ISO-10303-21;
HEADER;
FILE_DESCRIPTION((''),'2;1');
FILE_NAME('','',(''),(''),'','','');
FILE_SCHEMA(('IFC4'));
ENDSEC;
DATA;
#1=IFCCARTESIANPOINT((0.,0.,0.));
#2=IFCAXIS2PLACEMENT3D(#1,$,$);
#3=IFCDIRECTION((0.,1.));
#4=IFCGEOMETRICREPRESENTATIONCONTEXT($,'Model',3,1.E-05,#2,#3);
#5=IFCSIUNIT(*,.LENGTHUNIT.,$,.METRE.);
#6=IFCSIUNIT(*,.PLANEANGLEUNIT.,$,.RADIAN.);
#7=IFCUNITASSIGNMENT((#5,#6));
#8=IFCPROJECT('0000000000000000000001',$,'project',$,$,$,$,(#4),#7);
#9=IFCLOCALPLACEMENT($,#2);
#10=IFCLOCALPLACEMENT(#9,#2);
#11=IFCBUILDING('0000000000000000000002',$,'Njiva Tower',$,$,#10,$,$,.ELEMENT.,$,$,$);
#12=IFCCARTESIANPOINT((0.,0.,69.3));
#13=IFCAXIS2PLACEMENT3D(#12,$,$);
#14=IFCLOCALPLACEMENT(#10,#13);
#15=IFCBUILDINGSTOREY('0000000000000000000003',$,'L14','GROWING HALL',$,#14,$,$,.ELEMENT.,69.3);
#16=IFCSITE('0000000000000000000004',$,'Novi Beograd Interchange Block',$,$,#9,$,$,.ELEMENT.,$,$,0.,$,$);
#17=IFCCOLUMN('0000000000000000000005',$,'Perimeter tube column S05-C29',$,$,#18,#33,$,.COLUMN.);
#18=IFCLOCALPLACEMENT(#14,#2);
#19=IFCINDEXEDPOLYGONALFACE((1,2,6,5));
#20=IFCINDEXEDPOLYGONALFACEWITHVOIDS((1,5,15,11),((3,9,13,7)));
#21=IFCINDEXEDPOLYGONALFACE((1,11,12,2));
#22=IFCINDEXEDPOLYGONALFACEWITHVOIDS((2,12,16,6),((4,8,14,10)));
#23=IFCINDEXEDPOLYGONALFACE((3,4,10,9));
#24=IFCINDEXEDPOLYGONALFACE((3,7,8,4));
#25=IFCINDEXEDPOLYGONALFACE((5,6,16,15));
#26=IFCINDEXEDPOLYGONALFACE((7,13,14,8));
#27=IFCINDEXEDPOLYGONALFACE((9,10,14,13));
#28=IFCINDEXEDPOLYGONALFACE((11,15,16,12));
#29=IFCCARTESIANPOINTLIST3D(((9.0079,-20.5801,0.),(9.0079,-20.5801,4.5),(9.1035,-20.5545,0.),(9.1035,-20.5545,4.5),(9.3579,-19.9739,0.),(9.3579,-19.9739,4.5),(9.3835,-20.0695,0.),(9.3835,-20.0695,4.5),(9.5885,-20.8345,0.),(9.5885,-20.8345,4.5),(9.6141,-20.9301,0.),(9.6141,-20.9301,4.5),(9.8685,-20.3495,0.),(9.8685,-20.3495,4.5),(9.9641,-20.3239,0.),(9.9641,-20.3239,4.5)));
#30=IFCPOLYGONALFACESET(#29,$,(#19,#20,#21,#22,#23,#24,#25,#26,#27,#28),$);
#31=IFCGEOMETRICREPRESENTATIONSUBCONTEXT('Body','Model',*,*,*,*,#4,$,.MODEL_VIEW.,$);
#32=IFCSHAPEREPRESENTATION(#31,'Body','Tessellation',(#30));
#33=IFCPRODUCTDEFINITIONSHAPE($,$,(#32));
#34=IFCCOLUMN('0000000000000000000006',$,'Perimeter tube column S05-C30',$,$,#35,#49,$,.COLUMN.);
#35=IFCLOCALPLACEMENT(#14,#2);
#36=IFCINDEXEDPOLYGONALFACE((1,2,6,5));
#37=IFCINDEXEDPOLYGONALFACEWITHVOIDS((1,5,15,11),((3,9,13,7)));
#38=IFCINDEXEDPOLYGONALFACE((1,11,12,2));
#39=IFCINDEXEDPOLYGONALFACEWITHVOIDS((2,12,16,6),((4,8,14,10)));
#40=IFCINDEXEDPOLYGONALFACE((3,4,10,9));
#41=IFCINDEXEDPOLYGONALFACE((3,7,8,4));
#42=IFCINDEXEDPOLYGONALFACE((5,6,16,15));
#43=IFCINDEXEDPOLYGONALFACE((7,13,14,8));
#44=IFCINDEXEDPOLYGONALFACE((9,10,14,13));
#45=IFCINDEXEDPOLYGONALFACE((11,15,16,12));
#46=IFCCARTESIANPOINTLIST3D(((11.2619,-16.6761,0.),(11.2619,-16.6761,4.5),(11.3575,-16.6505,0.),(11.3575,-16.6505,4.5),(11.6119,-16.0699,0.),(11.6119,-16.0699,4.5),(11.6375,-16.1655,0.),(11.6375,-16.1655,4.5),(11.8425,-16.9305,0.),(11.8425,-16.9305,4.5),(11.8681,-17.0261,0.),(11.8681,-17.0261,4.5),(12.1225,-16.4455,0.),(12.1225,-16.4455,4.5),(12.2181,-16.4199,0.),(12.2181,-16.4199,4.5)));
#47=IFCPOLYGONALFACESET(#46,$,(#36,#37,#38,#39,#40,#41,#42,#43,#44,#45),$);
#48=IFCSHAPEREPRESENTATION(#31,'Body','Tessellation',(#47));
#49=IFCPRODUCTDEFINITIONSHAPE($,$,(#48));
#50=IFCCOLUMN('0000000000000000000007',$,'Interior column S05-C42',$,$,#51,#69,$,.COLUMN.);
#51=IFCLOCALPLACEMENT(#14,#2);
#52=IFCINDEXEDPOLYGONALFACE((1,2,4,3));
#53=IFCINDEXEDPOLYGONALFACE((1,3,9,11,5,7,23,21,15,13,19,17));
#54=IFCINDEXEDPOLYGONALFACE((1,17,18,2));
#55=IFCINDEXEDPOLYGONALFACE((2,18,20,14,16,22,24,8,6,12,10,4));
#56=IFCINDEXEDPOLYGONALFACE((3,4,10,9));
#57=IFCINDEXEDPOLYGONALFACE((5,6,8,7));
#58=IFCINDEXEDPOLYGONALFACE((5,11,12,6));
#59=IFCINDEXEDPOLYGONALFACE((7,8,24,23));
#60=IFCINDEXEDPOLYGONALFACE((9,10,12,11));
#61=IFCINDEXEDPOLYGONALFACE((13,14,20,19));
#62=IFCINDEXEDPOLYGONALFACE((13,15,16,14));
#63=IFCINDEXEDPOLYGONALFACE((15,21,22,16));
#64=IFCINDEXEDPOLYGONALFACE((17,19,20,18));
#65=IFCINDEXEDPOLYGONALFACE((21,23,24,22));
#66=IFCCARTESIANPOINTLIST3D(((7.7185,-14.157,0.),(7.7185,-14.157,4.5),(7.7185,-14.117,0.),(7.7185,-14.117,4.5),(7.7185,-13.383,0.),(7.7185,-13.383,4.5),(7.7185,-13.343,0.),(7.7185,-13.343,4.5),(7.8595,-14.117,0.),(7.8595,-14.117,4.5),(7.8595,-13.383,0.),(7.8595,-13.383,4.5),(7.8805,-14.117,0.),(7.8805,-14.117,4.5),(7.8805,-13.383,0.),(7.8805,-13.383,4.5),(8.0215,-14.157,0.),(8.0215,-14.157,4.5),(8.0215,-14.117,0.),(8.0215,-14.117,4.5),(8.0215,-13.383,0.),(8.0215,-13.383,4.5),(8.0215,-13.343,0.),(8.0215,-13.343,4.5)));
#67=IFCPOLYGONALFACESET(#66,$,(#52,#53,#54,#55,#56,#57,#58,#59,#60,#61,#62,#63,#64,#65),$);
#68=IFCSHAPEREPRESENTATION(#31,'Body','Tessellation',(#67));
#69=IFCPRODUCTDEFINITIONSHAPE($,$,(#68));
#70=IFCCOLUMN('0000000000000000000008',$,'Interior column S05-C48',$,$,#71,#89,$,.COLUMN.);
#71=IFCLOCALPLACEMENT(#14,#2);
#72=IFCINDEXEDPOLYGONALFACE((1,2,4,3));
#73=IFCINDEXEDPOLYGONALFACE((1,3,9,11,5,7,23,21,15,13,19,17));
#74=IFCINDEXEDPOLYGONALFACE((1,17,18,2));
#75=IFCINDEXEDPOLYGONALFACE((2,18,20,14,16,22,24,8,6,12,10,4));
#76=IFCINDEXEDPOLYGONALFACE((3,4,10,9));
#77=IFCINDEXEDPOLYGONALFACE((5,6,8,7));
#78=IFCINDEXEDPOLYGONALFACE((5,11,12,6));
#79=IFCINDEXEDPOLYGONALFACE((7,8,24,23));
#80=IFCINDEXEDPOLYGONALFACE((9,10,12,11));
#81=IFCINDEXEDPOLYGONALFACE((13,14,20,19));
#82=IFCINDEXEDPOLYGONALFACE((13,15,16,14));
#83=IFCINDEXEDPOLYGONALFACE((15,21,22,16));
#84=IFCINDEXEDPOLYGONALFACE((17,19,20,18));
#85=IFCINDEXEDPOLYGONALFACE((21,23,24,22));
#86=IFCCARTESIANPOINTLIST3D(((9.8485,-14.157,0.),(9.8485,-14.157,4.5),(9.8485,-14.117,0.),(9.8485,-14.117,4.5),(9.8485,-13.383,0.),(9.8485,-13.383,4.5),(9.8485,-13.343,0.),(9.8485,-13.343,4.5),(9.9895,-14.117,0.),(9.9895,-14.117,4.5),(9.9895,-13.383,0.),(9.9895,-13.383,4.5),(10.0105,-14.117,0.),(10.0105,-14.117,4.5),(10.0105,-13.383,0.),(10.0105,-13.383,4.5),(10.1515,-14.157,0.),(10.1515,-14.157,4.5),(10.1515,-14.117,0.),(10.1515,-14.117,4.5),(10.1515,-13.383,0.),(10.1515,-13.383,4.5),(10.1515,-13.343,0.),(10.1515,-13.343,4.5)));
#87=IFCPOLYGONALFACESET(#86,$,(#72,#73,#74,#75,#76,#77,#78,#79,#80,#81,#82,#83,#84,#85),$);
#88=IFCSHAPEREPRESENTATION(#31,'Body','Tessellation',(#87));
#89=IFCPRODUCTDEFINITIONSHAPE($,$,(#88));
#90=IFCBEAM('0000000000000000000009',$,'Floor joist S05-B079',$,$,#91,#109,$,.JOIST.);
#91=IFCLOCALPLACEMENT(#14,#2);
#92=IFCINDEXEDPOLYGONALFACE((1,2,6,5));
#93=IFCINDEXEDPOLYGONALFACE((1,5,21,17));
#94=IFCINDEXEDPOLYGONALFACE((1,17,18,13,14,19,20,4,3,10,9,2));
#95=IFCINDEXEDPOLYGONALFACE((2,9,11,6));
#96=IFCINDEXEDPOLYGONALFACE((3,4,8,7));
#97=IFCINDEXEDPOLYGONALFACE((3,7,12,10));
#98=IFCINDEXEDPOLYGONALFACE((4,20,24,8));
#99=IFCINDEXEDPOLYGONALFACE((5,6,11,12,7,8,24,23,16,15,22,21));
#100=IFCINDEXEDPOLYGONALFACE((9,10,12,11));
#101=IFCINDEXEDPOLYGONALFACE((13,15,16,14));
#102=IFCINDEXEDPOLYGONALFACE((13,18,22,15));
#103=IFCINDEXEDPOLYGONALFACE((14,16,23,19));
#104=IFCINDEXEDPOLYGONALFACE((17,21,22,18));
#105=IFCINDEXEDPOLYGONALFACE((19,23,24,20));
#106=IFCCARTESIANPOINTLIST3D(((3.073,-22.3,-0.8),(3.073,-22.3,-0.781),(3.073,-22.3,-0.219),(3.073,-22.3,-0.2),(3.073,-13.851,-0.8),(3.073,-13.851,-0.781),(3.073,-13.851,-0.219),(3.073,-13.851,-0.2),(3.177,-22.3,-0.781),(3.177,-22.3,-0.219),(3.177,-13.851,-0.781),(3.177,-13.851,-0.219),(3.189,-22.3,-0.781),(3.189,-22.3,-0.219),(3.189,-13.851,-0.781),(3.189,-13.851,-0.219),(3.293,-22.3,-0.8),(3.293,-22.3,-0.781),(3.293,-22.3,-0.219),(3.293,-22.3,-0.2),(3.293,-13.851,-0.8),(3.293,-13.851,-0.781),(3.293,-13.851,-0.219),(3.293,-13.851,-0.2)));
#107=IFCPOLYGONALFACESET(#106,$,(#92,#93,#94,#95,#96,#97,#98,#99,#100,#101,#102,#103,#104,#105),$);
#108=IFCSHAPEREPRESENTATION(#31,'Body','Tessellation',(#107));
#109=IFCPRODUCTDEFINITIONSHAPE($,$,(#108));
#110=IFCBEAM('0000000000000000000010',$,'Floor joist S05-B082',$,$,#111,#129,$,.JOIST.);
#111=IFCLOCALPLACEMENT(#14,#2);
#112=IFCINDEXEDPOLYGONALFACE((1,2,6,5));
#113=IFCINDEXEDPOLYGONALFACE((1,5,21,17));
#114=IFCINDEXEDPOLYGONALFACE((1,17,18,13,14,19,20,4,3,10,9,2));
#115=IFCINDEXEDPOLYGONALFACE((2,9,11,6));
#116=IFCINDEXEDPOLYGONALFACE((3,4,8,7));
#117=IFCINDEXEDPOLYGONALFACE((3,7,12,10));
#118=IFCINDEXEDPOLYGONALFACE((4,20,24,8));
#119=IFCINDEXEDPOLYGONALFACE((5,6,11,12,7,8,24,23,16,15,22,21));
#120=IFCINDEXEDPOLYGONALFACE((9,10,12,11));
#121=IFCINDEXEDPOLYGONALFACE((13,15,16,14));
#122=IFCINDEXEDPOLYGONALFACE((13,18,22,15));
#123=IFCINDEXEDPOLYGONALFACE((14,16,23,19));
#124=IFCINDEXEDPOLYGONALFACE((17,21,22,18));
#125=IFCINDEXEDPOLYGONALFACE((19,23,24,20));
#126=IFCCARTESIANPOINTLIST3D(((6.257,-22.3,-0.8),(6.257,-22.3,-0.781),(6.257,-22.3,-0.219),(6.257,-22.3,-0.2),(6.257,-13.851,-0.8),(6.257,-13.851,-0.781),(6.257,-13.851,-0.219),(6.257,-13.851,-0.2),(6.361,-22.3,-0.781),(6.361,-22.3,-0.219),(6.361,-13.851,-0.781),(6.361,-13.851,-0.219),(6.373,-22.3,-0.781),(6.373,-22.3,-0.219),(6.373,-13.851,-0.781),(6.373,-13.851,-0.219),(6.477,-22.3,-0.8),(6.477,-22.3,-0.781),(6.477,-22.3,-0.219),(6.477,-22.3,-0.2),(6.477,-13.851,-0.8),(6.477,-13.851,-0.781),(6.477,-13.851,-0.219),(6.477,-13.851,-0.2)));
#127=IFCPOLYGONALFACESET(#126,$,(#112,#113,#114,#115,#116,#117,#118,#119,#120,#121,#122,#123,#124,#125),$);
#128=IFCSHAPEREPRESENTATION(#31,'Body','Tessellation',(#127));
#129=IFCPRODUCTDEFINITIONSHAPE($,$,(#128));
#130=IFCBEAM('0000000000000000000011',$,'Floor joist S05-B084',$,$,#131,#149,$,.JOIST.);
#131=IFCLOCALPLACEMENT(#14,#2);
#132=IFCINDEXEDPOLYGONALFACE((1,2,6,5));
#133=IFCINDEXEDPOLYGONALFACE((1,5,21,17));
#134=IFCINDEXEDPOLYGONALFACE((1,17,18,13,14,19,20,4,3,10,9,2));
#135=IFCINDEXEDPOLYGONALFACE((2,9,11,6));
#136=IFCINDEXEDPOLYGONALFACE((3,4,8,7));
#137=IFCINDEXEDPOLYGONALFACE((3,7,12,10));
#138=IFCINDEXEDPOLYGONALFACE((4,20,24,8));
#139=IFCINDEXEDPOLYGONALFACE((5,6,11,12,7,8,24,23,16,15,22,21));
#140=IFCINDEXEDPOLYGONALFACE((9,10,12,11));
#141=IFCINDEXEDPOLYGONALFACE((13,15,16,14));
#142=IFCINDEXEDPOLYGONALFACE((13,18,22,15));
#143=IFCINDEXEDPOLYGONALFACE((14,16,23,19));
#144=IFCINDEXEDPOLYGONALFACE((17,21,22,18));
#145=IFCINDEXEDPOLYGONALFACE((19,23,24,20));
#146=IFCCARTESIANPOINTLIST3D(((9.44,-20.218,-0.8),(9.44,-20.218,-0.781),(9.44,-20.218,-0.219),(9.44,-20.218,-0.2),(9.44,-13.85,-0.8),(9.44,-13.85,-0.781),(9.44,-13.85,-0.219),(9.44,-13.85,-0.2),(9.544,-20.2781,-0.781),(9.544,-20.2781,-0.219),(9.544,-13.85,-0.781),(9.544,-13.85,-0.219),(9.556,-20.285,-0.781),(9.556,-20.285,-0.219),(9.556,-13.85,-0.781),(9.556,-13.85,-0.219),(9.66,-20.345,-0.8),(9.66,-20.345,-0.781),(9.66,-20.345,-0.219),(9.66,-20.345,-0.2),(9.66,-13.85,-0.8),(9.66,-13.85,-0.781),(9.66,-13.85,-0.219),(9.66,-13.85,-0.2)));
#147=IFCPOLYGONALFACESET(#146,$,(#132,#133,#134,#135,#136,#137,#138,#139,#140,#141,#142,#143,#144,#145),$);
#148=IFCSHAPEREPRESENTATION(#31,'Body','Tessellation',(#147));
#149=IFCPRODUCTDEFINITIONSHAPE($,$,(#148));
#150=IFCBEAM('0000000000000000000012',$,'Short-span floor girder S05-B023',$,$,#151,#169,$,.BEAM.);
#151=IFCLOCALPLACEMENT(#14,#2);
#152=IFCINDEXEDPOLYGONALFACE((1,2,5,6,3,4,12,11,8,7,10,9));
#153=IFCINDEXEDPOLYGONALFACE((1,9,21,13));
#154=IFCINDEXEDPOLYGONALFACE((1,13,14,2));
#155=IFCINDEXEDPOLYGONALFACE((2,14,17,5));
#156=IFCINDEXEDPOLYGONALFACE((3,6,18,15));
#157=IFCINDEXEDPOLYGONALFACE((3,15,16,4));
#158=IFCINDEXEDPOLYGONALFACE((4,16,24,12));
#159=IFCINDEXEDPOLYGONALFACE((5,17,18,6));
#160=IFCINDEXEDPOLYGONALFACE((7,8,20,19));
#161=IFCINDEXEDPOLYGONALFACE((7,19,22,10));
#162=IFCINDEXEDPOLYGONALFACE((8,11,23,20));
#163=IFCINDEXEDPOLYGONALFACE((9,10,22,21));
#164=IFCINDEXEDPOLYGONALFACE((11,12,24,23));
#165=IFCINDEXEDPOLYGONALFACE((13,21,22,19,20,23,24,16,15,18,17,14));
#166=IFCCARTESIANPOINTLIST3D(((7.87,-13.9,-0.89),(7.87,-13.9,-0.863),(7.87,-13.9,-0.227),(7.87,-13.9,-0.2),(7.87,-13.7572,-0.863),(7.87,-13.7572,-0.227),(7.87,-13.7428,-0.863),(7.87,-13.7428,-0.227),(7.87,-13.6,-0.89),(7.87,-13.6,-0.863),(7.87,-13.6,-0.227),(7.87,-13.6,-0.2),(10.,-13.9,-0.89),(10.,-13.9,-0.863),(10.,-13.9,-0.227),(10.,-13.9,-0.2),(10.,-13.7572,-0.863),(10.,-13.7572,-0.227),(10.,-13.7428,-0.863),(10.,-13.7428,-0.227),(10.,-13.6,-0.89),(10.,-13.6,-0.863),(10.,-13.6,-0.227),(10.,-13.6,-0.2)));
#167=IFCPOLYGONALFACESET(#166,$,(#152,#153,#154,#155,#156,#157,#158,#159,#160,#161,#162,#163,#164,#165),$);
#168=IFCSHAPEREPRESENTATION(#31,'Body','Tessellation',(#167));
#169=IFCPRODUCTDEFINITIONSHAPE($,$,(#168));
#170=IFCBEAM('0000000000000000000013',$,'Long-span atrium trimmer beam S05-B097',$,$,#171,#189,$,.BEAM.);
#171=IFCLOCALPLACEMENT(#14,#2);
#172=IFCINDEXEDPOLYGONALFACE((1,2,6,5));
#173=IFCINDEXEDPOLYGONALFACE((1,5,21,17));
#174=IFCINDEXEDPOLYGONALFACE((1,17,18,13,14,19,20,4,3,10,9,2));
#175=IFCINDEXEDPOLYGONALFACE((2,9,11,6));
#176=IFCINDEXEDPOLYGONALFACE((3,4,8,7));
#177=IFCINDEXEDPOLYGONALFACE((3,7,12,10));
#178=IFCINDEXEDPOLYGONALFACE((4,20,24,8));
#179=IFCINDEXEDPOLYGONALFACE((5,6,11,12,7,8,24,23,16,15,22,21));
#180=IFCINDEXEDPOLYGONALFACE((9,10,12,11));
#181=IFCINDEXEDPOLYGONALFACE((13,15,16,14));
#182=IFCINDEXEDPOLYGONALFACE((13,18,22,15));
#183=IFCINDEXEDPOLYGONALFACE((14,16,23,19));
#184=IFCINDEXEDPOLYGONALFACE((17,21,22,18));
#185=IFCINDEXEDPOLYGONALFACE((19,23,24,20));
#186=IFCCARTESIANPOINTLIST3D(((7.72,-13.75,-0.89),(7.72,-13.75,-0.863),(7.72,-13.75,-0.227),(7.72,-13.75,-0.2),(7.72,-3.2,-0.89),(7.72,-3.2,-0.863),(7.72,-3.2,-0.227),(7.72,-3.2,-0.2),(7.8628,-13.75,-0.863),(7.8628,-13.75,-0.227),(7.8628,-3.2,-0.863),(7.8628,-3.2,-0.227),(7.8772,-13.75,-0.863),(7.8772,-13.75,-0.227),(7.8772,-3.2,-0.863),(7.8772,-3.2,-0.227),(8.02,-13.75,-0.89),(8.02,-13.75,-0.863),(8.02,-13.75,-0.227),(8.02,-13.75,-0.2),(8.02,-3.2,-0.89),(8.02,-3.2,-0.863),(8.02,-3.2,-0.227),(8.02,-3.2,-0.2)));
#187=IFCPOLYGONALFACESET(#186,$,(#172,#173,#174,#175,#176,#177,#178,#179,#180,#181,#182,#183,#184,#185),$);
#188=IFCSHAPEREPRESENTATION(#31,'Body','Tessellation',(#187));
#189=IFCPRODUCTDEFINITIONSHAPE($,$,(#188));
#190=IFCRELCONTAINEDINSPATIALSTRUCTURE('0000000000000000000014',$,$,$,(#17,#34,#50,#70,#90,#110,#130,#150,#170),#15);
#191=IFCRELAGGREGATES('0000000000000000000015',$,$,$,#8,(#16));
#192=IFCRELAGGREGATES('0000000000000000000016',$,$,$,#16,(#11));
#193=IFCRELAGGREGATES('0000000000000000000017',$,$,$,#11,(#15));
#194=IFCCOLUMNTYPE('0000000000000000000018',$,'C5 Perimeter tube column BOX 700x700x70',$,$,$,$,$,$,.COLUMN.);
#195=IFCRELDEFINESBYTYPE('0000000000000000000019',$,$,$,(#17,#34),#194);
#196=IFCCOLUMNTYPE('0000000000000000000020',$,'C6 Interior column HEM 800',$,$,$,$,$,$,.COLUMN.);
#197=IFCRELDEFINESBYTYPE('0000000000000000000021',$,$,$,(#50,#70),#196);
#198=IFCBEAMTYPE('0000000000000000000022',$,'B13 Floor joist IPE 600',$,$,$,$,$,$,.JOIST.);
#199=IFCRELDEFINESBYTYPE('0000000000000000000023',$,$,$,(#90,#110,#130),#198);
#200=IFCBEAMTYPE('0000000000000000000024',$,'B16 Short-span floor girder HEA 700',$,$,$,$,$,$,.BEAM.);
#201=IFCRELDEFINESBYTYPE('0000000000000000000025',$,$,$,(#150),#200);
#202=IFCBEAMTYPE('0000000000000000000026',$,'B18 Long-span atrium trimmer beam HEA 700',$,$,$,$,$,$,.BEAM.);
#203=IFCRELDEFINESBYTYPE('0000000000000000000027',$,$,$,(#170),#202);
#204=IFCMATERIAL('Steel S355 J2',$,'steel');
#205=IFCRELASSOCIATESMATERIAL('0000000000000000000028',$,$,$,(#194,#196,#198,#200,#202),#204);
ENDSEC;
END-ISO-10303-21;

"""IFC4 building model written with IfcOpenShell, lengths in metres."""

from ifc_helpers import new_model, si_unit, direction, frame, origin, origin_2d, place, context, subcontext, project, spatial, hollow_rectangle, i_section, extrude, clip, halfspace, material, material_profile, profile_set, type_object, element, save


model = new_model("IFC4")

# Units and contexts
model_context = context("Model", 3, precision=1e-05, world=origin(), true_north=direction((0.0, 1.0)))
body_context = subcontext(model_context, "Body", "Model", "MODEL_VIEW")
ifc_project = project(units=[si_unit("LENGTHUNIT", "METRE"), si_unit("PLANEANGLEUNIT", "RADIAN")], contexts=[model_context])

# Site, building, storey
site_placement = place(None, origin())
site = spatial("IfcSite", under=ifc_project, at=site_placement, Name="Novi Beograd Interchange Block", CompositionType="ELEMENT", RefElevation=0.0)
building_placement = place(site_placement, origin())
building = spatial("IfcBuilding", under=site, at=building_placement, Name="Njiva Tower", CompositionType="ELEMENT")
storey_placement = place(building_placement, frame((0.0, 0.0, 69.3)))
storey = spatial("IfcBuildingStorey", under=building, at=storey_placement, Name="L14", Description="GROWING HALL", CompositionType="ELEMENT", Elevation=69.3)

# Columns
ifc_material_1 = material(Name="Steel S355 J2", Category="steel")
ifc_material_profile_1 = material_profile(ifc_material_1, hollow_rectangle(XDim=0.7, YDim=0.7, WallThickness=0.07, at=origin_2d()), Name="BOX 700x700x70")
ifc_profile_set_1 = profile_set([ifc_material_profile_1], Name="Steel S355 J2")
column_type_1 = type_object("IfcColumnType", Name="C5 Perimeter tube column BOX 700x700x70", PredefinedType="COLUMN", material=ifc_profile_set_1)
for number, where, z_axis, x_axis, name in (
    (1, (9.486, -20.452, 0.0), (0.0, 0.0, 1.0), (0.5, 0.866025, 0.0), "Perimeter tube column S05-C29"),
    (2, (11.74, -16.548, 0.0), (0.0, 0.0, 1.0), (0.5, 0.866025, 0.0), "Perimeter tube column S05-C30"),
):
    element("IfcColumn", number, at=place(storey_placement, frame(where, z_axis=z_axis, x_axis=x_axis)), inside=storey, type_object=column_type_1, Name=name, PredefinedType="COLUMN", context=body_context, shape_type="SweptSolid", body=[
        extrude(hollow_rectangle(XDim=0.7, YDim=0.7, WallThickness=0.07, at=origin_2d()), origin(), (0.0, 0.0, 1.0), 4.5),
    ])
ifc_material_profile_2 = material_profile(ifc_material_1, i_section(OverallWidth=0.303, OverallDepth=0.814, WebThickness=0.021, FlangeThickness=0.04, at=origin_2d()), Name="HEM 800")
ifc_profile_set_2 = profile_set([ifc_material_profile_2], Name="Steel S355 J2")
column_type_2 = type_object("IfcColumnType", Name="C6 Interior column HEM 800", PredefinedType="COLUMN", material=ifc_profile_set_2)
for number, where, z_axis, x_axis, name in (
    (3, (7.87, -13.75, 0.0), (0.0, 0.0, 1.0), (1.0, 0.0, 0.0), "Interior column S05-C42"),
    (4, (10.0, -13.75, 0.0), (0.0, 0.0, 1.0), (1.0, 0.0, 0.0), "Interior column S05-C48"),
):
    element("IfcColumn", number, at=place(storey_placement, frame(where, z_axis=z_axis, x_axis=x_axis)), inside=storey, type_object=column_type_2, Name=name, PredefinedType="COLUMN", context=body_context, shape_type="SweptSolid", body=[
        extrude(i_section(OverallWidth=0.303, OverallDepth=0.814, WebThickness=0.021, FlangeThickness=0.04, at=origin_2d()), origin(), (0.0, 0.0, 1.0), 4.5),
    ])

# Beams
ifc_material_profile_3 = material_profile(ifc_material_1, i_section(OverallWidth=0.22, OverallDepth=0.6, WebThickness=0.012, FlangeThickness=0.019, at=origin_2d()), Name="IPE 600")
ifc_profile_set_3 = profile_set([ifc_material_profile_3], Name="Steel S355 J2")
beam_type_1 = type_object("IfcBeamType", Name="B13 Floor joist IPE 600", PredefinedType="JOIST", material=ifc_profile_set_3)
for number, where, z_axis, x_axis, name in (
    (5, (3.183, -13.851, -0.5), (0.0, -1.0, 0.0), (1.0, 0.0, 0.0), "Floor joist S05-B079"),
    (6, (6.367, -13.851, -0.5), (0.0, -1.0, 0.0), (1.0, 0.0, 0.0), "Floor joist S05-B082"),
):
    element("IfcBeam", number, at=place(storey_placement, frame(where, z_axis=z_axis, x_axis=x_axis)), inside=storey, type_object=beam_type_1, Name=name, PredefinedType="JOIST", context=body_context, shape_type="SweptSolid", body=[
        extrude(i_section(OverallWidth=0.22, OverallDepth=0.6, WebThickness=0.012, FlangeThickness=0.019, at=origin_2d()), origin(), (0.0, 0.0, 1.0), 8.449),
    ])
beam_1_placement = place(storey_placement, frame((9.55, -13.85, -0.5), z_axis=(0.0, -1.0, 0.0), x_axis=(1.0, 0.0, 0.0)))
element("IfcBeam", 7, at=beam_1_placement, inside=storey, type_object=beam_type_1, Name="Floor joist S05-B084", PredefinedType="JOIST", context=body_context, shape_type="Clipping", body=[
    clip(extrude(i_section(OverallWidth=0.22, OverallDepth=0.6, WebThickness=0.012, FlangeThickness=0.019, at=origin_2d()), origin(), (0.0, 0.0, 1.0), 6.516), halfspace(frame((-0.025, 0.0, 6.4171), z_axis=(-0.499998, 0.0, 0.866027), x_axis=(0.0, 1.0, 0.0)), False)),
])
ifc_material_profile_4 = material_profile(ifc_material_1, i_section(OverallWidth=0.3, OverallDepth=0.69, WebThickness=0.0145, FlangeThickness=0.027, at=origin_2d()), Name="HEA 700")
ifc_profile_set_4 = profile_set([ifc_material_profile_4], Name="Steel S355 J2")
beam_type_2 = type_object("IfcBeamType", Name="B16 Short-span floor girder HEA 700", PredefinedType="BEAM", material=ifc_profile_set_4)
beam_2_placement = place(storey_placement, frame((7.87, -13.75, -0.545), z_axis=(1.0, 0.0, 0.0), x_axis=(0.0, 1.0, 0.0)))
element("IfcBeam", 8, at=beam_2_placement, inside=storey, type_object=beam_type_2, Name="Short-span floor girder S05-B023", PredefinedType="BEAM", context=body_context, shape_type="SweptSolid", body=[
    extrude(i_section(OverallWidth=0.3, OverallDepth=0.69, WebThickness=0.0145, FlangeThickness=0.027, at=origin_2d()), origin(), (0.0, 0.0, 1.0), 2.13),
])
ifc_material_profile_5 = material_profile(ifc_material_1, i_section(OverallWidth=0.3, OverallDepth=0.69, WebThickness=0.0145, FlangeThickness=0.027, at=origin_2d()), Name="HEA 700")
ifc_profile_set_5 = profile_set([ifc_material_profile_5], Name="Steel S355 J2")
beam_type_3 = type_object("IfcBeamType", Name="B18 Long-span atrium trimmer beam HEA 700", PredefinedType="BEAM", material=ifc_profile_set_5)
beam_3_placement = place(storey_placement, frame((7.87, -13.75, -0.545), z_axis=(0.0, 1.0, 0.0), x_axis=(-1.0, 0.0, 0.0)))
element("IfcBeam", 9, at=beam_3_placement, inside=storey, type_object=beam_type_3, Name="Long-span atrium trimmer beam S05-B097", PredefinedType="BEAM", context=body_context, shape_type="SweptSolid", body=[
    extrude(i_section(OverallWidth=0.3, OverallDepth=0.69, WebThickness=0.0145, FlangeThickness=0.027, at=origin_2d()), origin(), (0.0, 0.0, 1.0), 10.55),
])

save(model, "model.ifc")
